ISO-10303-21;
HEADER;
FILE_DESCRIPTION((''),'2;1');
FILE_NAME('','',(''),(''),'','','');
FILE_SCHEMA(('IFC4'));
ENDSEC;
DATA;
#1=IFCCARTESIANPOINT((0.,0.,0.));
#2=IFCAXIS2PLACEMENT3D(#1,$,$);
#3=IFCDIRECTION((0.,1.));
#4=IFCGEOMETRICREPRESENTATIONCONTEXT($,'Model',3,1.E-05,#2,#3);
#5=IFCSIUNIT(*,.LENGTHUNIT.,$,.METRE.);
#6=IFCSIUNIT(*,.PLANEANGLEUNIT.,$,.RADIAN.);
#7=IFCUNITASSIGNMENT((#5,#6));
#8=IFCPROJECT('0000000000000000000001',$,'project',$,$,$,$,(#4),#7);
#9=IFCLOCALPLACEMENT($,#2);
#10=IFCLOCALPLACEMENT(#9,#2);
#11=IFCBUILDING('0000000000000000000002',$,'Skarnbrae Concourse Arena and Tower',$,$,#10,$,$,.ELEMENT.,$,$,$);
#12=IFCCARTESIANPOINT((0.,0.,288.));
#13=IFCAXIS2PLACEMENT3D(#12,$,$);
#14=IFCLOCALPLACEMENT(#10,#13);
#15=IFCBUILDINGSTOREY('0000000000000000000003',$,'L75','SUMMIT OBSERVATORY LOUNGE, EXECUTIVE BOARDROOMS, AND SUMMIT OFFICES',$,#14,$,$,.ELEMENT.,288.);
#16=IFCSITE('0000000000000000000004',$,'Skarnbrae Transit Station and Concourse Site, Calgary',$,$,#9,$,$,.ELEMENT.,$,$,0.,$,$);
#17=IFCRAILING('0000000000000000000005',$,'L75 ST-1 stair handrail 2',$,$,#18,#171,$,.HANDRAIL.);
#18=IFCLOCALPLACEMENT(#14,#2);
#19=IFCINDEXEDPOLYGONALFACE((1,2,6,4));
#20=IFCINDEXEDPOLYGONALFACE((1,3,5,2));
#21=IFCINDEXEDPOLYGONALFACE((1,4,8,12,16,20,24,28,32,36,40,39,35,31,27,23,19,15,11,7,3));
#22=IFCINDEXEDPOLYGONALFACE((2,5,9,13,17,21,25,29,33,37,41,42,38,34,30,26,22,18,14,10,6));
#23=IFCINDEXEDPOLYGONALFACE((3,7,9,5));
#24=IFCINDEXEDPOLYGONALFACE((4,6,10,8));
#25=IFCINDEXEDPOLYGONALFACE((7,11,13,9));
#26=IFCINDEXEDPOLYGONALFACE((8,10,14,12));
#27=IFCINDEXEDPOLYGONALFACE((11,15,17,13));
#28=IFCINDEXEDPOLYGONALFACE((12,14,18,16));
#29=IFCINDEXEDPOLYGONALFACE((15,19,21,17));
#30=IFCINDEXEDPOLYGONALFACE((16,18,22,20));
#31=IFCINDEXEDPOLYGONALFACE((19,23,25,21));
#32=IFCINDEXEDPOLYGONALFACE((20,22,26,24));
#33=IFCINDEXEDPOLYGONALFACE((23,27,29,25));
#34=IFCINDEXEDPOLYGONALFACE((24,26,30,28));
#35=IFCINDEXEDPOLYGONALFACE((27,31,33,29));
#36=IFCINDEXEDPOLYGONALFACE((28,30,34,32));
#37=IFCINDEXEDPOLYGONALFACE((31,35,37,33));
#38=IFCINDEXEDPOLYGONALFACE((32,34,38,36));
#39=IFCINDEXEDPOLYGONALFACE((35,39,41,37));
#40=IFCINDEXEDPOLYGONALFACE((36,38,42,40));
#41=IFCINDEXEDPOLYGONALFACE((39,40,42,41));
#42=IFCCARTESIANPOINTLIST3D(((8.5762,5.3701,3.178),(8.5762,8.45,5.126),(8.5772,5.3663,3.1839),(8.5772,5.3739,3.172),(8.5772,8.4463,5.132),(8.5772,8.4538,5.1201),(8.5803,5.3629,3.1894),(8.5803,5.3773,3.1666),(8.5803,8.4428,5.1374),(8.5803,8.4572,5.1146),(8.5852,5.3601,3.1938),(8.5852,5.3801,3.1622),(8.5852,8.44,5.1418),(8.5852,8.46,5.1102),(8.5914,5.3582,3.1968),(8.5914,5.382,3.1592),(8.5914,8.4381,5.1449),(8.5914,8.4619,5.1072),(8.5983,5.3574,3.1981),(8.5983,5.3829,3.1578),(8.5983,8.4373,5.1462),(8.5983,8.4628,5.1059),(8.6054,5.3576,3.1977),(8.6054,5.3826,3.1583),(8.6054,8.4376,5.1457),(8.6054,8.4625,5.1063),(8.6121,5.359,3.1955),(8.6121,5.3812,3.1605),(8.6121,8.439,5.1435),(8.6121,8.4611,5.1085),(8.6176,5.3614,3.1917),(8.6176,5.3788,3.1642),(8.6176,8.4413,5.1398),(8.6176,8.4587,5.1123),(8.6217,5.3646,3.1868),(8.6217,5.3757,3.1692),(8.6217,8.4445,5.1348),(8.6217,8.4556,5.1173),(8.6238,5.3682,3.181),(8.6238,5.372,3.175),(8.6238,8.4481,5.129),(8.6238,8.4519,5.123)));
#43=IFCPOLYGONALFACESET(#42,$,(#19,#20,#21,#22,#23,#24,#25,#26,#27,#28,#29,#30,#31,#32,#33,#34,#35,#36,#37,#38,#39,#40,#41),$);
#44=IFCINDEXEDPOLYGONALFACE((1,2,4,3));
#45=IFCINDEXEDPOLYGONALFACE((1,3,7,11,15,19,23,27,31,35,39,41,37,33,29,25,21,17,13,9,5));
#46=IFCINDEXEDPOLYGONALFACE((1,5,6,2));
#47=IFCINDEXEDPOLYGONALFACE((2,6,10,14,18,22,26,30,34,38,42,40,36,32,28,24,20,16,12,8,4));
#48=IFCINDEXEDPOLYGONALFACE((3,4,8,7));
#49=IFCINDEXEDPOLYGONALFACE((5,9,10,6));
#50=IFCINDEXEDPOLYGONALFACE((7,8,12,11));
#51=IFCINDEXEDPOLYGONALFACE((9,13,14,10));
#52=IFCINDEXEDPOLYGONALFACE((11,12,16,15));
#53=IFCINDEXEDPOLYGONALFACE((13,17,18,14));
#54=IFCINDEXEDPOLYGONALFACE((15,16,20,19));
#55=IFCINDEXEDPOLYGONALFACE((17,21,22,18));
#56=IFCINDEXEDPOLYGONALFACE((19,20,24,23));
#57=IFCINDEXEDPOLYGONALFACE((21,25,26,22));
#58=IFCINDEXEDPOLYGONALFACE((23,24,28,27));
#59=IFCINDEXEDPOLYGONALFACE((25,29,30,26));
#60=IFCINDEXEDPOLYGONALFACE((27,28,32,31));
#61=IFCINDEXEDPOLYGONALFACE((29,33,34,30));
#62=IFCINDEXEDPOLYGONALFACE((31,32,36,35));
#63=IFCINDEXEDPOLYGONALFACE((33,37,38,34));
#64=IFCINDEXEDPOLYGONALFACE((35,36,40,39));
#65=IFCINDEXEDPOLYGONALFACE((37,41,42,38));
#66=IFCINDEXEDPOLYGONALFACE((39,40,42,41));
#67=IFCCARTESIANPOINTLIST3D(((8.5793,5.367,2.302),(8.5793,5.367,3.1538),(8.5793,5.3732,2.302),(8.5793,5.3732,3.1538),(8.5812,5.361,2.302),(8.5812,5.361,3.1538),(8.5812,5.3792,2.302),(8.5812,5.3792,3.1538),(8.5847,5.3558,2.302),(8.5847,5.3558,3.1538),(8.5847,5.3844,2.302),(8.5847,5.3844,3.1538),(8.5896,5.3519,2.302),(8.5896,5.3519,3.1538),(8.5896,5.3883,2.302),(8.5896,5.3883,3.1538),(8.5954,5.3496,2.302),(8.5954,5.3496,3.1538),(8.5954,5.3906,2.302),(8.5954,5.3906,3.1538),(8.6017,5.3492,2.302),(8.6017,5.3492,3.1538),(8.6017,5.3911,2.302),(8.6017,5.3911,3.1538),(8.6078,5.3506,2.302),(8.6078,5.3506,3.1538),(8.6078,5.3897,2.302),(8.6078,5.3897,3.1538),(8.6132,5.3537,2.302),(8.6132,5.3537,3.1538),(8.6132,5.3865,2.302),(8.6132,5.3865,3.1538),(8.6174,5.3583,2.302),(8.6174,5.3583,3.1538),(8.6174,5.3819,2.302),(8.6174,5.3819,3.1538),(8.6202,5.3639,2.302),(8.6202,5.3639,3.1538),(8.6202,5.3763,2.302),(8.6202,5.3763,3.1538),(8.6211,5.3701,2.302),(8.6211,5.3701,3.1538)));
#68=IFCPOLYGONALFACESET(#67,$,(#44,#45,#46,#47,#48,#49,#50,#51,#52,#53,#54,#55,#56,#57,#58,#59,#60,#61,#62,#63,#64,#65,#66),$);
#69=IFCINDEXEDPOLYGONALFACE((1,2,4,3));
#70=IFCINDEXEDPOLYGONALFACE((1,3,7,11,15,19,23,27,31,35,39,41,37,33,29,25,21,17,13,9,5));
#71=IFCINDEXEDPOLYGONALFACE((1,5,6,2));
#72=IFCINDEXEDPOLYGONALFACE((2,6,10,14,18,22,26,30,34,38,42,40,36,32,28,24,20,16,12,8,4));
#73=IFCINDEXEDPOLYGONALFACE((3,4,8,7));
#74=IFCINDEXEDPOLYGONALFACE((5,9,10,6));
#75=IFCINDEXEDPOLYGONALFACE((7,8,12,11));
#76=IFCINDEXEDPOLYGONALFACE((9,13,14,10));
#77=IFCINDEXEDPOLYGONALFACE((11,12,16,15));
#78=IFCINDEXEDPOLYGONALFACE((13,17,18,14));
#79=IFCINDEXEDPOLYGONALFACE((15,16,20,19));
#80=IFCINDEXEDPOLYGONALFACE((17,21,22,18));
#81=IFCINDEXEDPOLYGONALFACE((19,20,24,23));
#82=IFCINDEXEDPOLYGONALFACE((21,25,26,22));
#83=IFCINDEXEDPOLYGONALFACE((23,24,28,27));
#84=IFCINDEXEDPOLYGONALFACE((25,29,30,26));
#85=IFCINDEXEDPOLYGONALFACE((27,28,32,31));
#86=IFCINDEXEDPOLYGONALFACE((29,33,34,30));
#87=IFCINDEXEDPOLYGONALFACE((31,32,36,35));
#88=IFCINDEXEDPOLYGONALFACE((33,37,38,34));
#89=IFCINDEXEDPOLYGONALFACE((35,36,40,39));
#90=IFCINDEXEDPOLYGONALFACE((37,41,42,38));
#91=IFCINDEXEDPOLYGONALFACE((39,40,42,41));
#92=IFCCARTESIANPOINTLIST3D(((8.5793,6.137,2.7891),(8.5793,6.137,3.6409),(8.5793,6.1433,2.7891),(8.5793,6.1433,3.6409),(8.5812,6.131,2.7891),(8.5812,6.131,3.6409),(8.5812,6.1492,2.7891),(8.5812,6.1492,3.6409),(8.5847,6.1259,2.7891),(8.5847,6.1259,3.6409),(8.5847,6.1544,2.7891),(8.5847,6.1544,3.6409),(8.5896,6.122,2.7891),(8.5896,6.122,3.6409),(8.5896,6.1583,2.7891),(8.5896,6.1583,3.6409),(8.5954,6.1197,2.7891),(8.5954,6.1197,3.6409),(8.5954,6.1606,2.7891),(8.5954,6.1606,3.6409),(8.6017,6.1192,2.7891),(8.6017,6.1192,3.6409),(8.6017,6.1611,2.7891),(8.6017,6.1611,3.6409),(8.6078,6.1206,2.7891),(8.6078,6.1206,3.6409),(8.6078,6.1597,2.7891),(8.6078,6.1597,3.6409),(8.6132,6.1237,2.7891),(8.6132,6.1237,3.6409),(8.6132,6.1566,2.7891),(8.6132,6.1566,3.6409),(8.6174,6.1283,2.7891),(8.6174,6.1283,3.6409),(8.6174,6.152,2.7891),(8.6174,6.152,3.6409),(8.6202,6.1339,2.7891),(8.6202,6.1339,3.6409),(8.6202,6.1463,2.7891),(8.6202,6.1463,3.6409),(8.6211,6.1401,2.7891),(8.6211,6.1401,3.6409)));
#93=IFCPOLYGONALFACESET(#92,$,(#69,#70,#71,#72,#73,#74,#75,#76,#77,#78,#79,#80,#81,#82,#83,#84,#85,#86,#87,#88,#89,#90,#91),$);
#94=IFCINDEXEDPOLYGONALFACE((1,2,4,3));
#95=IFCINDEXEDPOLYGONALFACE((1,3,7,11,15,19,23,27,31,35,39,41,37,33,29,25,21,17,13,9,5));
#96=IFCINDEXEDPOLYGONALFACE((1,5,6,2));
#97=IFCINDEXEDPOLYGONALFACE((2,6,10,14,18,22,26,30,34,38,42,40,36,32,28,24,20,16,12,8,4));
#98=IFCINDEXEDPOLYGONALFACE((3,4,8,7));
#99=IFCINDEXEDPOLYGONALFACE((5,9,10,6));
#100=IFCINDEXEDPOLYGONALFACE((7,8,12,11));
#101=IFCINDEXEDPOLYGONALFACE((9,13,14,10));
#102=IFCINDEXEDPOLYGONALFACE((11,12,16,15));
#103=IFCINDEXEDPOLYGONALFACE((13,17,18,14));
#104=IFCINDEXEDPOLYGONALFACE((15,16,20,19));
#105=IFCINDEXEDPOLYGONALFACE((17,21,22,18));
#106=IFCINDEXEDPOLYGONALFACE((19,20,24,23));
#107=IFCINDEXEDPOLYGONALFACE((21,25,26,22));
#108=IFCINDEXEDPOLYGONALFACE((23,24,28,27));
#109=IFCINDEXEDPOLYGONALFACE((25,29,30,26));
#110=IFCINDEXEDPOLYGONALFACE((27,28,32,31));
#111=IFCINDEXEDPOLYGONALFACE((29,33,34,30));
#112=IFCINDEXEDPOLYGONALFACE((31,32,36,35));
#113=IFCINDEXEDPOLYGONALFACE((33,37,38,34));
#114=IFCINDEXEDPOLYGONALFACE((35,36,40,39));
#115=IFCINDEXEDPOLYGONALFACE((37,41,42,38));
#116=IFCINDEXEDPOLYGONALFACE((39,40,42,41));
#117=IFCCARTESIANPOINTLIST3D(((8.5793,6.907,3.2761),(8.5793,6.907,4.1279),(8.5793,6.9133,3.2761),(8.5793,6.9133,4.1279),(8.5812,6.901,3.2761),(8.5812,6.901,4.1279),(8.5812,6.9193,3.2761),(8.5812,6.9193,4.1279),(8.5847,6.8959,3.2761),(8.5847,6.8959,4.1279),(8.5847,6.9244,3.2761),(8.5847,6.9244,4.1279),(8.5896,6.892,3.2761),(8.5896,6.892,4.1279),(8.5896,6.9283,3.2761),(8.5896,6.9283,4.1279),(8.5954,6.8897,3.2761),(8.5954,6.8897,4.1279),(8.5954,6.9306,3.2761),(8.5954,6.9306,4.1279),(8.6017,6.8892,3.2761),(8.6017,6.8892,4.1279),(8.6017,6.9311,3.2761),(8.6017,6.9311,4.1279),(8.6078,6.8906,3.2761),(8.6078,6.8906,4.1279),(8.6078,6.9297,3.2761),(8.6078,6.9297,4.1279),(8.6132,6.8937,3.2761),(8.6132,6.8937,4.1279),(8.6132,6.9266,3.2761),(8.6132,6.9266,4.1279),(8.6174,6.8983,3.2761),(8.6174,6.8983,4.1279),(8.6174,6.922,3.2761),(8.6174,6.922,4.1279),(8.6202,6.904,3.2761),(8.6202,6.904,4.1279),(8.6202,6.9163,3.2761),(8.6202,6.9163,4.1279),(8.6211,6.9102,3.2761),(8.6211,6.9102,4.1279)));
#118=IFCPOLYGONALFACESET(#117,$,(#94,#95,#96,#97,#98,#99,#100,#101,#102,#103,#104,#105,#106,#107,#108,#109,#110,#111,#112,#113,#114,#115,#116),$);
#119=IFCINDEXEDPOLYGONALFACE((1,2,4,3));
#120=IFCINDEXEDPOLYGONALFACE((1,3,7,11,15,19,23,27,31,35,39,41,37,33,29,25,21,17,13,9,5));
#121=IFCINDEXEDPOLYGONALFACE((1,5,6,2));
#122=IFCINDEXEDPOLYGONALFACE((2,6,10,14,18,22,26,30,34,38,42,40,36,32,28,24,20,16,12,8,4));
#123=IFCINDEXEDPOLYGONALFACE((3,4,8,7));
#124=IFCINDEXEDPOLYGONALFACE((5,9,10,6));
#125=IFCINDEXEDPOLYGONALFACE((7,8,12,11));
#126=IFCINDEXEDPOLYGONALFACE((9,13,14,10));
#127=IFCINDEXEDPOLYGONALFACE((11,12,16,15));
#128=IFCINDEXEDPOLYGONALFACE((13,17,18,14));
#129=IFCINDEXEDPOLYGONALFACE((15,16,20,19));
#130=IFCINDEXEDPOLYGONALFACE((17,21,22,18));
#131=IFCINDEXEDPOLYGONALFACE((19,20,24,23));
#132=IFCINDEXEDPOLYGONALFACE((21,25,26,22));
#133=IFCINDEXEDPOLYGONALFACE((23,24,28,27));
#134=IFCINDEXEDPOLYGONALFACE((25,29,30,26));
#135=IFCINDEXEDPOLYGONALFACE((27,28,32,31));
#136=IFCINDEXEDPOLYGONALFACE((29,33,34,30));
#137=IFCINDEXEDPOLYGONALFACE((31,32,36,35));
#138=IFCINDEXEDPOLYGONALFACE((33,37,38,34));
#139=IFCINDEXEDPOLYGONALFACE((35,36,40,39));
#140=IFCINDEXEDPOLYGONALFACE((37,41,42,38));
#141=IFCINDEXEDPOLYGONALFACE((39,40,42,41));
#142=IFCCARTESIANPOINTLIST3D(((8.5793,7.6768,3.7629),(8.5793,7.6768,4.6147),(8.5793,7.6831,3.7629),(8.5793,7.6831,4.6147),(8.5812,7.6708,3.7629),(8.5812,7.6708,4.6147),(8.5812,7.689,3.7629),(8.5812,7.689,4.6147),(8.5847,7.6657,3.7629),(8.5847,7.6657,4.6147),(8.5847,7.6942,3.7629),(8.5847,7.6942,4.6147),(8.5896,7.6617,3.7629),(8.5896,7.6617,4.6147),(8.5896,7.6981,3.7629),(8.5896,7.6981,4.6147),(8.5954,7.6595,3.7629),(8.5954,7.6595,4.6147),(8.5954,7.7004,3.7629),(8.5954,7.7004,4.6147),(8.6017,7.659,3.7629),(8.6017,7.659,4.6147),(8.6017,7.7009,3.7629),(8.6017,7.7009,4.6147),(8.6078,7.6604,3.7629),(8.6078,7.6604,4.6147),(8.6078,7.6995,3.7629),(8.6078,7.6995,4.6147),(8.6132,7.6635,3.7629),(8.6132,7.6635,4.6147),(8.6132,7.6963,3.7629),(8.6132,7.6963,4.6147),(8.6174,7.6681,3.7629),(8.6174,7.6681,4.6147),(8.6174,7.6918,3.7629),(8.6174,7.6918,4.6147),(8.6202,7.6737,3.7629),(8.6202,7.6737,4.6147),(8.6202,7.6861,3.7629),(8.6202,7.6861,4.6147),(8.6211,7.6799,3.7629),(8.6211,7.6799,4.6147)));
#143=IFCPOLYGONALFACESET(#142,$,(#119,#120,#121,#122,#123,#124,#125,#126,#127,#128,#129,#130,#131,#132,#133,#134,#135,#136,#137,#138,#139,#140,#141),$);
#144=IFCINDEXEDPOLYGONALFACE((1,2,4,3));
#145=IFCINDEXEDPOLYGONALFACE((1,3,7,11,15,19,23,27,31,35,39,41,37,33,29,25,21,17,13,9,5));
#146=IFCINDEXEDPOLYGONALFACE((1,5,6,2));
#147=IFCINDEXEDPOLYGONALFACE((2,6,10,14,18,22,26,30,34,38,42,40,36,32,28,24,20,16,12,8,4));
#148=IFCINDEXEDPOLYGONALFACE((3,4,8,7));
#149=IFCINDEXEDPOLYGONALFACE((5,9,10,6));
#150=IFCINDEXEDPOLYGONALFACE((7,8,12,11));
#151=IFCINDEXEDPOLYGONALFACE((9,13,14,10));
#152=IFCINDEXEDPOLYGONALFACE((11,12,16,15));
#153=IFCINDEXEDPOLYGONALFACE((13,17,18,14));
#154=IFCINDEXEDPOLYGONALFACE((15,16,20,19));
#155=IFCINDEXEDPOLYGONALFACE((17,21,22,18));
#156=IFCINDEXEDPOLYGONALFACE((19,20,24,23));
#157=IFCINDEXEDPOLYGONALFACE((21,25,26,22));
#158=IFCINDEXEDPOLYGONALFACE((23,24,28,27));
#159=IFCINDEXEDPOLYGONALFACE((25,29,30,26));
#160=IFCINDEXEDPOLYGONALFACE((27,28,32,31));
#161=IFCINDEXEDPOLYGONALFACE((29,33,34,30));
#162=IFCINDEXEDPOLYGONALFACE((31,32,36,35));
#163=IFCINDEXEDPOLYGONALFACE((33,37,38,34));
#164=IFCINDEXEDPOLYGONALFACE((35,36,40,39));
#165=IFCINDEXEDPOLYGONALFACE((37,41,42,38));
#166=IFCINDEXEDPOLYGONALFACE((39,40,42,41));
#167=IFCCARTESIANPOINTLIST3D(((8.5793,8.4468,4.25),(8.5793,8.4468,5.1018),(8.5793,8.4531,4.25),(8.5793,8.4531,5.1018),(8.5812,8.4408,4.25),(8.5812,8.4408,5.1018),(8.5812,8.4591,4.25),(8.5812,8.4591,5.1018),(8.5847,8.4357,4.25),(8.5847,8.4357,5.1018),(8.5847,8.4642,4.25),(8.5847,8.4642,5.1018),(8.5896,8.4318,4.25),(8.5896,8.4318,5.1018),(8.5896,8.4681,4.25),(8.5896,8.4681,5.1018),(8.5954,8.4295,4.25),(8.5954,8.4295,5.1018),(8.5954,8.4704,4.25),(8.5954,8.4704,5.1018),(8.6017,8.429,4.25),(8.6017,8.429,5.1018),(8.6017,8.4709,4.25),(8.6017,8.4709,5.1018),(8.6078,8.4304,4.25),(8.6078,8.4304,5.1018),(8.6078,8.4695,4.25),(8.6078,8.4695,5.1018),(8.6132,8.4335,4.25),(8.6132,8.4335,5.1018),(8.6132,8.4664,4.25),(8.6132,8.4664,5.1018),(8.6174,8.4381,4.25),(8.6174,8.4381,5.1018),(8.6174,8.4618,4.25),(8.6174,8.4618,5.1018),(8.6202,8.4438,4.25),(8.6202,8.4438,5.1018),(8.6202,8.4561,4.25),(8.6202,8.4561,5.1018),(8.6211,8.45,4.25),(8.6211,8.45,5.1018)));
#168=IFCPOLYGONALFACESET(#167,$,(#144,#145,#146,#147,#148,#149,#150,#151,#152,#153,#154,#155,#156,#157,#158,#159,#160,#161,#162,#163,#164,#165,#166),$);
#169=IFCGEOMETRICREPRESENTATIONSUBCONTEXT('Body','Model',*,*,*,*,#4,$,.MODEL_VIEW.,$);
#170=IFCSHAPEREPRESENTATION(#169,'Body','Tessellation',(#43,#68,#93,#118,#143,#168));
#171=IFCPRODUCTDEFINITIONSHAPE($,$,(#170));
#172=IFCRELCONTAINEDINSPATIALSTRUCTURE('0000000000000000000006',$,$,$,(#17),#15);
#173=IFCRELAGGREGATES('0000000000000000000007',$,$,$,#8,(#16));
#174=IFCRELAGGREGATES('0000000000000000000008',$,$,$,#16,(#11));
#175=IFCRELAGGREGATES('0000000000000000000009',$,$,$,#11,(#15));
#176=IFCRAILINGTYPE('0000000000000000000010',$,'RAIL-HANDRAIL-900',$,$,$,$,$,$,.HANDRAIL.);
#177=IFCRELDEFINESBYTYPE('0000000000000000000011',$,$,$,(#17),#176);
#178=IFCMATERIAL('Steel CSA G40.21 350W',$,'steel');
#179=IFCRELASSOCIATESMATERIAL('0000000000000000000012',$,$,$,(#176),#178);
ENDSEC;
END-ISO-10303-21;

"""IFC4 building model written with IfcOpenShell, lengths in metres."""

from ifc_helpers import new_model, si_unit, direction, frame, origin, origin_2d, place, context, subcontext, project, spatial, circle, extrude, material, type_object, element, save


model = new_model("IFC4")

# Units and contexts
model_context = context("Model", 3, precision=1e-05, world=origin(), true_north=direction((0.0, 1.0)))
body_context = subcontext(model_context, "Body", "Model", "MODEL_VIEW")
ifc_project = project(units=[si_unit("LENGTHUNIT", "METRE"), si_unit("PLANEANGLEUNIT", "RADIAN")], contexts=[model_context])

# Site, building, storey
site_placement = place(None, origin())
site = spatial("IfcSite", under=ifc_project, at=site_placement, Name="Skarnbrae Transit Station and Concourse Site, Calgary", CompositionType="ELEMENT", RefElevation=0.0)
building_placement = place(site_placement, origin())
building = spatial("IfcBuilding", under=site, at=building_placement, Name="Skarnbrae Concourse Arena and Tower", CompositionType="ELEMENT")
storey_placement = place(building_placement, frame((0.0, 0.0, 288.0)))
storey = spatial("IfcBuildingStorey", under=building, at=storey_placement, Name="L75", Description="SUMMIT OBSERVATORY LOUNGE, EXECUTIVE BOARDROOMS, AND SUMMIT OFFICES", CompositionType="ELEMENT", Elevation=288.0)

# Shared definitions
ifc_material_1 = material(Name="Steel CSA G40.21 350W", Category="steel")

# Railing
railing_type_1 = type_object("IfcRailingType", Name="RAIL-HANDRAIL-900", PredefinedType="HANDRAIL", material=ifc_material_1)
railing_1_placement = place(storey_placement, frame((8.6001, 5.3701, 2.302)))
element("IfcRailing", 1, at=railing_1_placement, inside=storey, type_object=railing_type_1, Name="L75 ST-1 stair handrail 2", PredefinedType="HANDRAIL", context=body_context, shape_type="SweptSolid", body=[
    extrude(circle(Radius=0.0239, at=origin_2d()), frame((0.0, 0.0, 0.876), z_axis=(0.0, 0.845137, 0.53455), x_axis=(-1.0, 0.0, 0.0)), (0.0, 0.0, 1.0), 3.6443),
    extrude(circle(Radius=0.021, at=origin_2d()), origin(), (0.0, 0.0, 1.0), 0.8518),
    extrude(circle(Radius=0.021, at=origin_2d()), frame((0.0, 0.77, 0.4871)), (0.0, 0.0, 1.0), 0.8518),
    extrude(circle(Radius=0.021, at=origin_2d()), frame((0.0, 1.54, 0.9741)), (0.0, 0.0, 1.0), 0.8518),
    extrude(circle(Radius=0.021, at=origin_2d()), frame((0.0, 2.3098, 1.4609)), (0.0, 0.0, 1.0), 0.8518),
    extrude(circle(Radius=0.021, at=origin_2d()), frame((0.0, 3.0798, 1.948)), (0.0, 0.0, 1.0), 0.8518),
])

save(model, "model.ifc")
